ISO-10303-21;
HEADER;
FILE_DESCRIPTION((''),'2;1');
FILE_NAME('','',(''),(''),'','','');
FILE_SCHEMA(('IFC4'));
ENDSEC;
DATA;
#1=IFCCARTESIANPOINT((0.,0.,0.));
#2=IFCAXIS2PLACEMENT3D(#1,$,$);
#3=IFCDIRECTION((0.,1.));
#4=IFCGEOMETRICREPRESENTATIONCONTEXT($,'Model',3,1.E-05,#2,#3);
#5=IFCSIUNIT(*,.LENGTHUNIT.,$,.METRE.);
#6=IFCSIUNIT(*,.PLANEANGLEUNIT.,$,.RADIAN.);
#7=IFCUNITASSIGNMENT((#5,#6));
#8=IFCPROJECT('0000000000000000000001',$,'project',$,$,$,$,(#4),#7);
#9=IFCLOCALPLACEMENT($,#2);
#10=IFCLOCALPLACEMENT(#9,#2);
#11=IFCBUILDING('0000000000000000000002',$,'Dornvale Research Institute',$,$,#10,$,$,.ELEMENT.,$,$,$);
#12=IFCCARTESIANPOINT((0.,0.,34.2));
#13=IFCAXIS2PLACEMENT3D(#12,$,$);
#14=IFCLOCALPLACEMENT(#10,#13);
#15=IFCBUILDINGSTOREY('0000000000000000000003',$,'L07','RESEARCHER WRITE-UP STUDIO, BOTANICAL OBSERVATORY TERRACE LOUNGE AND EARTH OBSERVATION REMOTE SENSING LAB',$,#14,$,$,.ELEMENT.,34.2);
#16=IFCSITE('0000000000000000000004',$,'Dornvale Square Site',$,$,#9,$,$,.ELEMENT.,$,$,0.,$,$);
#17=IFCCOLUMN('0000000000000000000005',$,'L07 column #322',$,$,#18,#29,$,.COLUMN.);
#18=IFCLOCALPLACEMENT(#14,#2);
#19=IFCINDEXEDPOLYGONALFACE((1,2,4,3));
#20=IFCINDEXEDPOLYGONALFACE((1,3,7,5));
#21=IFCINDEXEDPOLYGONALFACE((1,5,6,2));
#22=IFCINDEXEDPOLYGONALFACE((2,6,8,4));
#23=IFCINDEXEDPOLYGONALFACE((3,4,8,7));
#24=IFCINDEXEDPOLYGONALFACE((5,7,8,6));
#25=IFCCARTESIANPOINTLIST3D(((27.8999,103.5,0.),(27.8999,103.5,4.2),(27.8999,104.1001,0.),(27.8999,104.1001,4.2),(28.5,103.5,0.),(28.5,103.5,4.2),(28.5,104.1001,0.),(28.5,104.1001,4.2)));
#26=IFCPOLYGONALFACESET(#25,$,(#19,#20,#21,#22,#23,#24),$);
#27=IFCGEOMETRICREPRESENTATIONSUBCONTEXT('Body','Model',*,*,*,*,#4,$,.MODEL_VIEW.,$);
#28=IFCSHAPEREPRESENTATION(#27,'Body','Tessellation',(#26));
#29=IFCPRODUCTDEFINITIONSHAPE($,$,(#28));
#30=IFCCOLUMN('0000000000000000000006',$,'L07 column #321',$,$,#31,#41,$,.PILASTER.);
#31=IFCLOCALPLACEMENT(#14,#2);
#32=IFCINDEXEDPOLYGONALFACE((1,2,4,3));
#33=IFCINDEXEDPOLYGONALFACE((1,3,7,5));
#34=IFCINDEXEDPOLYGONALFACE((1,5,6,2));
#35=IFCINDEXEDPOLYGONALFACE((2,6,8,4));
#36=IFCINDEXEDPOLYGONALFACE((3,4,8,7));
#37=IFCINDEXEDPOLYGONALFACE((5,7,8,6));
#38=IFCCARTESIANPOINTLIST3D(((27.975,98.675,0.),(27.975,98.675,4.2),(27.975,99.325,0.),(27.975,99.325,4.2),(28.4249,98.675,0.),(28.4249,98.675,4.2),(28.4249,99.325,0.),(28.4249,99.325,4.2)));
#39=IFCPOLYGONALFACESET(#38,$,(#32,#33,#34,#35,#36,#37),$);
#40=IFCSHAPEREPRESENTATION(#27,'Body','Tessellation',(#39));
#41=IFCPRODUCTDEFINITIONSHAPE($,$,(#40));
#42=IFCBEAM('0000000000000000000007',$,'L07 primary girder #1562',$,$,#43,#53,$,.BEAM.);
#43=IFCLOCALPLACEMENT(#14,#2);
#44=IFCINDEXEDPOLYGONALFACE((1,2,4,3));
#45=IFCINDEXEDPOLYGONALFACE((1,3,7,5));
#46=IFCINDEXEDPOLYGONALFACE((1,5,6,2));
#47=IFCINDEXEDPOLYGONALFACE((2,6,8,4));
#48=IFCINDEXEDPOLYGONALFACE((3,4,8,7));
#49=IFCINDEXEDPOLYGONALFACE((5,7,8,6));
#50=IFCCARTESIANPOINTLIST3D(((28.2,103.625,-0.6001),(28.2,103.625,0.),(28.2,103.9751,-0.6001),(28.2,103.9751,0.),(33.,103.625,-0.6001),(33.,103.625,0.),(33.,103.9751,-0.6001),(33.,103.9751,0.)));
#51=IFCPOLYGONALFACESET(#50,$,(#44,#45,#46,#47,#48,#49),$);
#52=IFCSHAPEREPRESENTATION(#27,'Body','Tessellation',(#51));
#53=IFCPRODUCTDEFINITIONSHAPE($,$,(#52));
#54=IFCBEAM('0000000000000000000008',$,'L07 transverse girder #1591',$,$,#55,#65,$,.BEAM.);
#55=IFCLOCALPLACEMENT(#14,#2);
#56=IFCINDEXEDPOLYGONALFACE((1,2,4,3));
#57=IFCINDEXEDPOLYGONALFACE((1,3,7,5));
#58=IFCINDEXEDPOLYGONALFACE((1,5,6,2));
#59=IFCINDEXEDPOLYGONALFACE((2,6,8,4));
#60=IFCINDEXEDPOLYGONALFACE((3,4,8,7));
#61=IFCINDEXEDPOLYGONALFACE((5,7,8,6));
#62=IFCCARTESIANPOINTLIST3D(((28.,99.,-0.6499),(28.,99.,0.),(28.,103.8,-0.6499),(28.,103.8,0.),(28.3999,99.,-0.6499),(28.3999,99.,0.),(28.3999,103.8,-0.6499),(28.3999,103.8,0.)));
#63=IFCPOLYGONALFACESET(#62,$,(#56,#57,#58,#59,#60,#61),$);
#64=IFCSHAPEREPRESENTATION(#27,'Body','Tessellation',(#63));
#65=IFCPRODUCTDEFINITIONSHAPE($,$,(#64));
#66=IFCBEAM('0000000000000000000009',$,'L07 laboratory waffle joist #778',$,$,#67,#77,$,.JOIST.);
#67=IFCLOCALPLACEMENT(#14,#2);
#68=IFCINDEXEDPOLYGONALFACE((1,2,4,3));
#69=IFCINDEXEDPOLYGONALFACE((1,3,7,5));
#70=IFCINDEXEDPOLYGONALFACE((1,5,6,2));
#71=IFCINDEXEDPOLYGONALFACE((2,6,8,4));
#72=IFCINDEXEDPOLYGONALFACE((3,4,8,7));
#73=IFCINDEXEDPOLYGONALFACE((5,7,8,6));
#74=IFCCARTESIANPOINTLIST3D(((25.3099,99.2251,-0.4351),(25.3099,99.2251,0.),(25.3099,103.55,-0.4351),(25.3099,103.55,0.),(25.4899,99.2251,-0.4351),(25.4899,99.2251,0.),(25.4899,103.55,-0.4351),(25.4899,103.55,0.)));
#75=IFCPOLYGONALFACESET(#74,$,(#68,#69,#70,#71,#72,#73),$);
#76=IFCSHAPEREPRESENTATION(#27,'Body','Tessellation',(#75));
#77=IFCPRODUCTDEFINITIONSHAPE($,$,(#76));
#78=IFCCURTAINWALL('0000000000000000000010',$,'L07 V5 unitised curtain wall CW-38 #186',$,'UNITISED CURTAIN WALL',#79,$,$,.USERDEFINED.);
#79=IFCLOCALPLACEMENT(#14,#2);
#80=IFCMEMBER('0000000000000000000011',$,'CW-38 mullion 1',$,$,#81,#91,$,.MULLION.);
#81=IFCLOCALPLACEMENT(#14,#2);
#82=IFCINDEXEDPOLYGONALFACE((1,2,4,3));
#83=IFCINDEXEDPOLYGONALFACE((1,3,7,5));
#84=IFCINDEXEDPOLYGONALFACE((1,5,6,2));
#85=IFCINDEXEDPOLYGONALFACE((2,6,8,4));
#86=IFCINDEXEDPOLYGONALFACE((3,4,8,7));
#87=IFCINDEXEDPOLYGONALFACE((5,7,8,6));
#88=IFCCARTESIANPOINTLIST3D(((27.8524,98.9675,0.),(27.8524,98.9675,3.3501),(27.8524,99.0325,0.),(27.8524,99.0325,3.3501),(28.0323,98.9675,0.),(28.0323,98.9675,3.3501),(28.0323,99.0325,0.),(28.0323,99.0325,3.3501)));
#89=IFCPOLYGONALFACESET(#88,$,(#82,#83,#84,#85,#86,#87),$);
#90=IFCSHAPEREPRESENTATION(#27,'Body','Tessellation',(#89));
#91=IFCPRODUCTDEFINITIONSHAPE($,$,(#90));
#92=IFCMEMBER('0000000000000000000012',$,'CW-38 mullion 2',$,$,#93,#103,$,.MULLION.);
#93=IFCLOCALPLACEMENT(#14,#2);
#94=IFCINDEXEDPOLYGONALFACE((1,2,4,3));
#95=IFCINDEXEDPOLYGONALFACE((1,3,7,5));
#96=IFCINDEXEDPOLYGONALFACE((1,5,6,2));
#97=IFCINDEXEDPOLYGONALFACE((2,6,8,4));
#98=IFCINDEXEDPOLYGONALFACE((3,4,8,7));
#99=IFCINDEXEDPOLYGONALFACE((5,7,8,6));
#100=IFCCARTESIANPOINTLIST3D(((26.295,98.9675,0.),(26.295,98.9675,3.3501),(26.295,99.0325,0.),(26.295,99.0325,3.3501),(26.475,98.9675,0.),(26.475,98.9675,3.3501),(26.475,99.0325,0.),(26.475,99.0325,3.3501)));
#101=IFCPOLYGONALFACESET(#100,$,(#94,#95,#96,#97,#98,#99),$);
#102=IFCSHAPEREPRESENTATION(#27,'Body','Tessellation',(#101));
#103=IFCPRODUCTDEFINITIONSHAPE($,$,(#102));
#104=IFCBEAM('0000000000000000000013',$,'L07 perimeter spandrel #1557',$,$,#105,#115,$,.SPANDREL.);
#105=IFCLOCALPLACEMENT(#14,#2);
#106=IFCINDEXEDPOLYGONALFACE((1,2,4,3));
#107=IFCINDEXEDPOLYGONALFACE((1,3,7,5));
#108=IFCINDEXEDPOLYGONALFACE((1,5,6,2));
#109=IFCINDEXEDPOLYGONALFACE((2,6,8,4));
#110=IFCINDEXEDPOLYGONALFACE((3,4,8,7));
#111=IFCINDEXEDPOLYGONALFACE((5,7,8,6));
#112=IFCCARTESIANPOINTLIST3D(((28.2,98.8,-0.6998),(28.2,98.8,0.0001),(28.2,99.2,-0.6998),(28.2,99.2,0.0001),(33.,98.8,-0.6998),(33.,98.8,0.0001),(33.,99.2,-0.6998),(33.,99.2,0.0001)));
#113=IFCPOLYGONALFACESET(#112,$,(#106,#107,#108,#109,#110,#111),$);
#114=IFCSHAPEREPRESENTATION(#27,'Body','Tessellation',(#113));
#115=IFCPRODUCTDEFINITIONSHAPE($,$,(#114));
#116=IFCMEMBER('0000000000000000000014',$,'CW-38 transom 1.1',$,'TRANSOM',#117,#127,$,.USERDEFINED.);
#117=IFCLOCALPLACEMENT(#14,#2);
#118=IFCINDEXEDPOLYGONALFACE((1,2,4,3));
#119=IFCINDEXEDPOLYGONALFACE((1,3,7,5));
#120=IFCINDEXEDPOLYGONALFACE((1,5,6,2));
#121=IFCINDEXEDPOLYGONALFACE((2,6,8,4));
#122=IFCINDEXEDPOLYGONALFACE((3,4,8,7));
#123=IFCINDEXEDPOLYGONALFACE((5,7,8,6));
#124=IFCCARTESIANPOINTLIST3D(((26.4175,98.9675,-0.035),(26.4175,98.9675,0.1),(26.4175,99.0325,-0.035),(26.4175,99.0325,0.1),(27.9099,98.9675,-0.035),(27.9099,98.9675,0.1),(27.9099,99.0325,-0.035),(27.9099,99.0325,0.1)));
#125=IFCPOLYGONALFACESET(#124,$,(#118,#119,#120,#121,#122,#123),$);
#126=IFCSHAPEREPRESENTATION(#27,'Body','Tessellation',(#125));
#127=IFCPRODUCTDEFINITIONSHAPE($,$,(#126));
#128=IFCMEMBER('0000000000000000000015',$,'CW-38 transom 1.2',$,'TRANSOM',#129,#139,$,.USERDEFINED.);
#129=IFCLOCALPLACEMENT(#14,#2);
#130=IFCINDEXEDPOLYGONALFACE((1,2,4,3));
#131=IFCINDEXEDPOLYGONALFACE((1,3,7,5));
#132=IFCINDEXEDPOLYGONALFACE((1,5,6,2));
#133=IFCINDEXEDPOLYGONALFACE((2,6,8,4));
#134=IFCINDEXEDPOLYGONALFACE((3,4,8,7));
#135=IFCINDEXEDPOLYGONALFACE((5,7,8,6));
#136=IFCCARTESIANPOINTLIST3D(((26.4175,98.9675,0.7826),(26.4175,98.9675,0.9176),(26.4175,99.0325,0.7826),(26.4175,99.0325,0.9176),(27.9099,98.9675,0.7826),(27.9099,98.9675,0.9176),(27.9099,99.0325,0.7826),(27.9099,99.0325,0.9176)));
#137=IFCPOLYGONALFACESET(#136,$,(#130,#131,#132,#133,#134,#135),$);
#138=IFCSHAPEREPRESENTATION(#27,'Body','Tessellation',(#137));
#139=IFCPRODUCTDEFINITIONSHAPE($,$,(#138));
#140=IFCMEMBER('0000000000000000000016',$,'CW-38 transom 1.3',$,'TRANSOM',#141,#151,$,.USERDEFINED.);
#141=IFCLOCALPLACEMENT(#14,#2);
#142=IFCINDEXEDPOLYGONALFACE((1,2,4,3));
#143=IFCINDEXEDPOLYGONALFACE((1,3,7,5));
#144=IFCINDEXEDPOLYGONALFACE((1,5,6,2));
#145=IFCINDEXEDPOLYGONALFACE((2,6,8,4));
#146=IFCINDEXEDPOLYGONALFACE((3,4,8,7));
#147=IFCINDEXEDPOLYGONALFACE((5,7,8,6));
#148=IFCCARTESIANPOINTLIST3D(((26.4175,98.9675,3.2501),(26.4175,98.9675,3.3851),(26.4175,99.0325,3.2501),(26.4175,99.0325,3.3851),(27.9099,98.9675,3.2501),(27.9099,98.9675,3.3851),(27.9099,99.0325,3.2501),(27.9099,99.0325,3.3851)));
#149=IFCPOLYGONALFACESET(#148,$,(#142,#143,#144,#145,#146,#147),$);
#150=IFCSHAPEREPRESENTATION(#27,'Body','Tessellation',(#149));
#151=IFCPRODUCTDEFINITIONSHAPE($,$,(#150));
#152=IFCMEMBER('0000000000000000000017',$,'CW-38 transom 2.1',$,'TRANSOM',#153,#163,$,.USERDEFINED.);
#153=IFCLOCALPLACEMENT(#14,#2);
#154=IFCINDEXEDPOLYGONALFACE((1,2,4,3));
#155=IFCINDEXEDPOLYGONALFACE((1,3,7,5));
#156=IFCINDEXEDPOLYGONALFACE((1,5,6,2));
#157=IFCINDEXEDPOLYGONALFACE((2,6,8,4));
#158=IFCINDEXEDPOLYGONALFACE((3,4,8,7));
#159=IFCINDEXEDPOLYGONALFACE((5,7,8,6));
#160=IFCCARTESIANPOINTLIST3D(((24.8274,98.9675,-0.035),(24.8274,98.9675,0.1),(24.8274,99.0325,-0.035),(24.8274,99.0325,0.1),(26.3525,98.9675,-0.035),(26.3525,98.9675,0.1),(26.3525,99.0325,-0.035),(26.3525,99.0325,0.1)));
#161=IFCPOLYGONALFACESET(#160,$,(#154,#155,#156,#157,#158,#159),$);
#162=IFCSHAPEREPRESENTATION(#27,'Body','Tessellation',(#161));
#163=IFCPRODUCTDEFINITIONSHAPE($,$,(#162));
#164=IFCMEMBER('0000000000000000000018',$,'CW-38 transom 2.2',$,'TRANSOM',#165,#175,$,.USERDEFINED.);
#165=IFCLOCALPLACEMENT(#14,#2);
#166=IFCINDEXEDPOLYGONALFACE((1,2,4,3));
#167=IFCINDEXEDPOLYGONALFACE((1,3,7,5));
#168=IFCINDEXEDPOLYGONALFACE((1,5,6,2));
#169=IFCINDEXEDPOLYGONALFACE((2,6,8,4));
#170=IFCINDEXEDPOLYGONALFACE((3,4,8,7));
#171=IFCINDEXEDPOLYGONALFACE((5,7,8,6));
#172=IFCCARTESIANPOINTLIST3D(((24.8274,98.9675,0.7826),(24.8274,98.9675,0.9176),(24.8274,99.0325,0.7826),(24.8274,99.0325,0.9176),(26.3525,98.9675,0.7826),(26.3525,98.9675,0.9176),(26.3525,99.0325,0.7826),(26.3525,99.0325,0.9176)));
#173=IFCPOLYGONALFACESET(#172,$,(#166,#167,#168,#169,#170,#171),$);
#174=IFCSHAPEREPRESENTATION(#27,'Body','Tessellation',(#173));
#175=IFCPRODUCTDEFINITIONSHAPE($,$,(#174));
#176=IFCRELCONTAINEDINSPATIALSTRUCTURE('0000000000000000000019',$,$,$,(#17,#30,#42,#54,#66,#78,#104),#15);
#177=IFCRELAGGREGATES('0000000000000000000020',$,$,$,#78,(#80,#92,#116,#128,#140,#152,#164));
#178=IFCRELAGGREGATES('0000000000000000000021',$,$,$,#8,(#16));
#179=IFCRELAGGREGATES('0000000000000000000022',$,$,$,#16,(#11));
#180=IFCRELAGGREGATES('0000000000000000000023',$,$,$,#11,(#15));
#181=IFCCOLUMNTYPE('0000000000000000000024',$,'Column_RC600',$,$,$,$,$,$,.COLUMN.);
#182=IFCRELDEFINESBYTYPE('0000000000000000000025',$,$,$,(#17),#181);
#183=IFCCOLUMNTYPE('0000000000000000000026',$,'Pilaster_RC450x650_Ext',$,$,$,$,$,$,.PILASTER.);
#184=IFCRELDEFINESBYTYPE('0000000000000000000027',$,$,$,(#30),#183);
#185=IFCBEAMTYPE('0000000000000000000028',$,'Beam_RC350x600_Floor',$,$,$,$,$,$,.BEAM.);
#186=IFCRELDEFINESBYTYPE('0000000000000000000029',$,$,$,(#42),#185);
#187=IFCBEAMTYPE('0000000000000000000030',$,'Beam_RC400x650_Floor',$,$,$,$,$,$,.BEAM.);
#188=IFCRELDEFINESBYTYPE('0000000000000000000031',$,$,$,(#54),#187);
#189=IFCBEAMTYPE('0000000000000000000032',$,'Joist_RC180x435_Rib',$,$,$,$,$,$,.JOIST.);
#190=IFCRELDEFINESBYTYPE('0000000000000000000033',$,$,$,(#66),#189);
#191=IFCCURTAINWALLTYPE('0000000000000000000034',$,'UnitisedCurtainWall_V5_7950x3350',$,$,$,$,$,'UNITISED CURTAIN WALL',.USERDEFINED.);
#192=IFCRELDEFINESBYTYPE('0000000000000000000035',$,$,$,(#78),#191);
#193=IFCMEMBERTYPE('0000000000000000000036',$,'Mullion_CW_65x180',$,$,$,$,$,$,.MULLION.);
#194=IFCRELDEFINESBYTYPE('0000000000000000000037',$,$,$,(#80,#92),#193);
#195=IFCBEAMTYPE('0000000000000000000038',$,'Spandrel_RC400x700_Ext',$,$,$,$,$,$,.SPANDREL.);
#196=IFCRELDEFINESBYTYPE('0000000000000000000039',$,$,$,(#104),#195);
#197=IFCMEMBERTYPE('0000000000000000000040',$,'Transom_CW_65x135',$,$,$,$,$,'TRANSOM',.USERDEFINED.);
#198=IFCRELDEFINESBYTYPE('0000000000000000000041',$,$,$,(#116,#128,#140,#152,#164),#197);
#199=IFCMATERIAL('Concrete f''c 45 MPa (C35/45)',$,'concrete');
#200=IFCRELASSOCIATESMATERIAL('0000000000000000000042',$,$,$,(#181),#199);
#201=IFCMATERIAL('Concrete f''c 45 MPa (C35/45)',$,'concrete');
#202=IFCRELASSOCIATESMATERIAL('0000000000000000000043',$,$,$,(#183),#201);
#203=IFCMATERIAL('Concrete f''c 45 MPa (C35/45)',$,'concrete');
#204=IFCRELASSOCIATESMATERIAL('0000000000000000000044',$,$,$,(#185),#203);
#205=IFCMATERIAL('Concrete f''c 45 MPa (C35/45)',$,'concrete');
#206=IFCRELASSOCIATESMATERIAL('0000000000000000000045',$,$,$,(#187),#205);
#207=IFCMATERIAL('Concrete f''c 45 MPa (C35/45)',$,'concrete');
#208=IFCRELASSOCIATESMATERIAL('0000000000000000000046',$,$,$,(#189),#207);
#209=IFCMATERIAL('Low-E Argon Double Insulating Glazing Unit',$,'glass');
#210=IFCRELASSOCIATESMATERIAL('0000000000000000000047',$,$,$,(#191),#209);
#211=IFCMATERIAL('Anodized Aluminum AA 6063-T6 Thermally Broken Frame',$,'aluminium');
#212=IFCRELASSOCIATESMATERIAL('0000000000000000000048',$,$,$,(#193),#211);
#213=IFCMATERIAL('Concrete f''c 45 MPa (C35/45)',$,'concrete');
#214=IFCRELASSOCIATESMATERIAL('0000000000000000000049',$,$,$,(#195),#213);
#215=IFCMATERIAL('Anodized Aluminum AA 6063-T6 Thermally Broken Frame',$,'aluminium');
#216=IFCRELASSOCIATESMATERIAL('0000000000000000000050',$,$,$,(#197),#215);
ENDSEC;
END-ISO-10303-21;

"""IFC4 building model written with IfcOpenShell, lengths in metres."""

from ifc_helpers import new_model, si_unit, direction, frame, origin, origin_2d, place, context, subcontext, project, spatial, rectangle, extrude, material, material_profile, profile_set, type_object, element, aggregate, save


model = new_model("IFC4")

# Units and contexts
model_context = context("Model", 3, precision=1e-05, world=origin(), true_north=direction((0.0, 1.0)))
body_context = subcontext(model_context, "Body", "Model", "MODEL_VIEW")
ifc_project = project(units=[si_unit("LENGTHUNIT", "METRE"), si_unit("PLANEANGLEUNIT", "RADIAN")], contexts=[model_context])

# Site, building, storey
site_placement = place(None, origin())
site = spatial("IfcSite", under=ifc_project, at=site_placement, Name="Dornvale Square Site", CompositionType="ELEMENT", RefElevation=0.0)
building_placement = place(site_placement, origin())
building = spatial("IfcBuilding", under=site, at=building_placement, Name="Dornvale Research Institute", CompositionType="ELEMENT")
storey_placement = place(building_placement, frame((0.0, 0.0, 34.2)))
storey = spatial("IfcBuildingStorey", under=building, at=storey_placement, Name="L07", Description="RESEARCHER WRITE-UP STUDIO, BOTANICAL OBSERVATORY TERRACE LOUNGE AND EARTH OBSERVATION REMOTE SENSING LAB", CompositionType="ELEMENT", Elevation=34.2)

# Columns
ifc_material_1 = material(Name="Concrete f'c 45 MPa (C35/45)", Category="concrete")
ifc_material_profile_1 = material_profile(ifc_material_1, rectangle(XDim=0.6001, YDim=0.6001, at=origin_2d()), Name="RC 600x600")
ifc_profile_set_1 = profile_set([ifc_material_profile_1], Name="Concrete f'c 45 MPa (C35/45)")
column_type_1 = type_object("IfcColumnType", Name="Column_RC600", PredefinedType="COLUMN", material=ifc_profile_set_1)
column_1_placement = place(storey_placement, frame((28.2, 103.8, 0.0), z_axis=(0.0, 0.0, 1.0), x_axis=(1.0, 0.0, 0.0)))
element("IfcColumn", 1, at=column_1_placement, inside=storey, type_object=column_type_1, Name="L07 column #322", PredefinedType="COLUMN", context=body_context, shape_type="SweptSolid", body=[
    extrude(rectangle(XDim=0.6001, YDim=0.6001, at=origin_2d()), origin(), (0.0, 0.0, 1.0), 4.2),
])
ifc_material_2 = material(Name="Concrete f'c 45 MPa (C35/45)", Category="concrete")
ifc_material_profile_2 = material_profile(ifc_material_2, rectangle(XDim=0.45, YDim=0.6499, at=origin_2d()), Name="RC 450x650")
ifc_profile_set_2 = profile_set([ifc_material_profile_2], Name="Concrete f'c 45 MPa (C35/45)")
column_type_2 = type_object("IfcColumnType", Name="Pilaster_RC450x650_Ext", PredefinedType="PILASTER", material=ifc_profile_set_2)
column_2_placement = place(storey_placement, frame((28.2, 99.0, 0.0), z_axis=(0.0, 0.0, 1.0), x_axis=(1.0, 0.0, 0.0)))
element("IfcColumn", 2, at=column_2_placement, inside=storey, type_object=column_type_2, Name="L07 column #321", PredefinedType="PILASTER", context=body_context, shape_type="SweptSolid", body=[
    extrude(rectangle(XDim=0.45, YDim=0.6499, at=origin_2d()), origin(), (0.0, 0.0, 1.0), 4.2),
])

# Beams
ifc_material_3 = material(Name="Concrete f'c 45 MPa (C35/45)", Category="concrete")
ifc_material_profile_3 = material_profile(ifc_material_3, rectangle(XDim=0.3501, YDim=0.6001, at=origin_2d()), Name="RC 350x600")
ifc_profile_set_3 = profile_set([ifc_material_profile_3], Name="Concrete f'c 45 MPa (C35/45)")
beam_type_1 = type_object("IfcBeamType", Name="Beam_RC350x600_Floor", PredefinedType="BEAM", material=ifc_profile_set_3)
beam_1_placement = place(storey_placement, frame((28.2, 103.8, -0.3), z_axis=(1.0, 0.0, 0.0), x_axis=(0.0, 1.0, 0.0)))
element("IfcBeam", 3, at=beam_1_placement, inside=storey, type_object=beam_type_1, Name="L07 primary girder #1562", PredefinedType="BEAM", context=body_context, shape_type="SweptSolid", body=[
    extrude(rectangle(XDim=0.3501, YDim=0.6001, at=origin_2d()), origin(), (0.0, 0.0, 1.0), 4.8),
])
ifc_material_4 = material(Name="Concrete f'c 45 MPa (C35/45)", Category="concrete")
ifc_material_profile_4 = material_profile(ifc_material_4, rectangle(XDim=0.3999, YDim=0.6499, at=origin_2d()), Name="RC 400x650")
ifc_profile_set_4 = profile_set([ifc_material_profile_4], Name="Concrete f'c 45 MPa (C35/45)")
beam_type_2 = type_object("IfcBeamType", Name="Beam_RC400x650_Floor", PredefinedType="BEAM", material=ifc_profile_set_4)
beam_2_placement = place(storey_placement, frame((28.2, 99.0, -0.325), z_axis=(0.0, 1.0, 0.0), x_axis=(-1.0, 0.0, 0.0)))
element("IfcBeam", 4, at=beam_2_placement, inside=storey, type_object=beam_type_2, Name="L07 transverse girder #1591", PredefinedType="BEAM", context=body_context, shape_type="SweptSolid", body=[
    extrude(rectangle(XDim=0.3999, YDim=0.6499, at=origin_2d()), origin(), (0.0, 0.0, 1.0), 4.8),
])
ifc_material_5 = material(Name="Concrete f'c 45 MPa (C35/45)", Category="concrete")
ifc_material_profile_5 = material_profile(ifc_material_5, rectangle(XDim=0.1799, YDim=0.4351, at=origin_2d()), Name="RC 180x435")
ifc_profile_set_5 = profile_set([ifc_material_profile_5], Name="Concrete f'c 45 MPa (C35/45)")
beam_type_3 = type_object("IfcBeamType", Name="Joist_RC180x435_Rib", PredefinedType="JOIST", material=ifc_profile_set_5)
beam_3_placement = place(storey_placement, frame((25.3999, 99.2251, -0.2175), z_axis=(0.0, 1.0, 0.0), x_axis=(-1.0, 0.0, 0.0)))
element("IfcBeam", 5, at=beam_3_placement, inside=storey, type_object=beam_type_3, Name="L07 laboratory waffle joist #778", PredefinedType="JOIST", context=body_context, shape_type="SweptSolid", body=[
    extrude(rectangle(XDim=0.1799, YDim=0.4351, at=origin_2d()), origin(), (0.0, 0.0, 1.0), 4.325),
])

# Curtain wall, members
ifc_material_6 = material(Name="Low-E Argon Double Insulating Glazing Unit", Category="glass")
curtain_wall_type = type_object("IfcCurtainWallType", Name="UnitisedCurtainWall_V5_7950x3350", ElementType="UNITISED CURTAIN WALL", PredefinedType="USERDEFINED", material=ifc_material_6)
curtain_wall_placement = place(storey_placement, origin())
curtain_wall = element("IfcCurtainWall", 6, at=curtain_wall_placement, inside=storey, type_object=curtain_wall_type, Name="L07 V5 unitised curtain wall CW-38 #186", ObjectType="UNITISED CURTAIN WALL", PredefinedType="USERDEFINED")
ifc_material_7 = material(Name="Anodized Aluminum AA 6063-T6 Thermally Broken Frame", Category="aluminium")
ifc_material_profile_6 = material_profile(ifc_material_7, rectangle(XDim=0.0649, YDim=0.1799, at=origin_2d()), Name="ALU MULLION 65x180")
ifc_profile_set_6 = profile_set([ifc_material_profile_6], Name="Anodized Aluminum AA 6063-T6 Thermally Broken Frame")
member_type_1 = type_object("IfcMemberType", Name="Mullion_CW_65x180", PredefinedType="MULLION", material=ifc_profile_set_6)
member_1_placement = place(storey_placement, frame((27.9424, 99.0, 0.0), z_axis=(0.0, 0.0, 1.0), x_axis=(0.0, -1.0, 0.0)))
member_1 = element("IfcMember", 7, at=member_1_placement, type_object=member_type_1, Name="CW-38 mullion 1", PredefinedType="MULLION", context=body_context, shape_type="SweptSolid", body=[
    extrude(rectangle(XDim=0.0649, YDim=0.1799, at=origin_2d()), origin(), (0.0, 0.0, 1.0), 3.3501),
])
member_2_placement = place(storey_placement, frame((26.385, 99.0, 0.0), z_axis=(0.0, 0.0, 1.0), x_axis=(0.0, -1.0, 0.0)))
member_2 = element("IfcMember", 8, at=member_2_placement, type_object=member_type_1, Name="CW-38 mullion 2", PredefinedType="MULLION", context=body_context, shape_type="SweptSolid", body=[
    extrude(rectangle(XDim=0.0649, YDim=0.1799, at=origin_2d()), origin(), (0.0, 0.0, 1.0), 3.3501),
])

# Beam
ifc_material_8 = material(Name="Concrete f'c 45 MPa (C35/45)", Category="concrete")
ifc_material_profile_7 = material_profile(ifc_material_8, rectangle(XDim=0.3999, YDim=0.7, at=origin_2d()), Name="RC 400x700")
ifc_profile_set_7 = profile_set([ifc_material_profile_7], Name="Concrete f'c 45 MPa (C35/45)")
beam_type_4 = type_object("IfcBeamType", Name="Spandrel_RC400x700_Ext", PredefinedType="SPANDREL", material=ifc_profile_set_7)
beam_4_placement = place(storey_placement, frame((28.2, 99.0, -0.3499), z_axis=(1.0, 0.0, 0.0), x_axis=(0.0, 1.0, 0.0)))
element("IfcBeam", 9, at=beam_4_placement, inside=storey, type_object=beam_type_4, Name="L07 perimeter spandrel #1557", PredefinedType="SPANDREL", context=body_context, shape_type="SweptSolid", body=[
    extrude(rectangle(XDim=0.3999, YDim=0.7, at=origin_2d()), origin(), (0.0, 0.0, 1.0), 4.8),
])

# Members
ifc_material_9 = material(Name="Anodized Aluminum AA 6063-T6 Thermally Broken Frame", Category="aluminium")
ifc_material_profile_8 = material_profile(ifc_material_9, rectangle(XDim=0.0649, YDim=0.135, at=origin_2d()), Name="ALU TRANSOM 65x135")
ifc_profile_set_8 = profile_set([ifc_material_profile_8], Name="Anodized Aluminum AA 6063-T6 Thermally Broken Frame")
member_type_2 = type_object("IfcMemberType", Name="Transom_CW_65x135", ElementType="TRANSOM", PredefinedType="USERDEFINED", material=ifc_profile_set_8)
member_3_placement = place(storey_placement, frame((27.9099, 99.0, 0.0325), z_axis=(-1.0, 0.0, 0.0), x_axis=(0.0, -1.0, 0.0)))
member_3 = element("IfcMember", 10, at=member_3_placement, type_object=member_type_2, Name="CW-38 transom 1.1", ObjectType="TRANSOM", PredefinedType="USERDEFINED", context=body_context, shape_type="SweptSolid", body=[
    extrude(rectangle(XDim=0.0649, YDim=0.135, at=origin_2d()), origin(), (0.0, 0.0, 1.0), 1.4924),
])
member_4_placement = place(storey_placement, frame((27.9099, 99.0, 0.8501), z_axis=(-1.0, 0.0, 0.0), x_axis=(0.0, -1.0, 0.0)))
member_4 = element("IfcMember", 11, at=member_4_placement, type_object=member_type_2, Name="CW-38 transom 1.2", ObjectType="TRANSOM", PredefinedType="USERDEFINED", context=body_context, shape_type="SweptSolid", body=[
    extrude(rectangle(XDim=0.0649, YDim=0.135, at=origin_2d()), origin(), (0.0, 0.0, 1.0), 1.4924),
])
member_5_placement = place(storey_placement, frame((27.9099, 99.0, 3.3176), z_axis=(-1.0, 0.0, 0.0), x_axis=(0.0, -1.0, 0.0)))
member_5 = element("IfcMember", 12, at=member_5_placement, type_object=member_type_2, Name="CW-38 transom 1.3", ObjectType="TRANSOM", PredefinedType="USERDEFINED", context=body_context, shape_type="SweptSolid", body=[
    extrude(rectangle(XDim=0.0649, YDim=0.135, at=origin_2d()), origin(), (0.0, 0.0, 1.0), 1.4924),
])
member_6_placement = place(storey_placement, frame((26.3525, 99.0, 0.0325), z_axis=(-1.0, 0.0, 0.0), x_axis=(0.0, -1.0, 0.0)))
member_6 = element("IfcMember", 13, at=member_6_placement, type_object=member_type_2, Name="CW-38 transom 2.1", ObjectType="TRANSOM", PredefinedType="USERDEFINED", context=body_context, shape_type="SweptSolid", body=[
    extrude(rectangle(XDim=0.0649, YDim=0.135, at=origin_2d()), origin(), (0.0, 0.0, 1.0), 1.5251),
])
member_7_placement = place(storey_placement, frame((26.3525, 99.0, 0.8501), z_axis=(-1.0, 0.0, 0.0), x_axis=(0.0, -1.0, 0.0)))
member_7 = element("IfcMember", 14, at=member_7_placement, type_object=member_type_2, Name="CW-38 transom 2.2", ObjectType="TRANSOM", PredefinedType="USERDEFINED", context=body_context, shape_type="SweptSolid", body=[
    extrude(rectangle(XDim=0.0649, YDim=0.135, at=origin_2d()), origin(), (0.0, 0.0, 1.0), 1.5251),
])

aggregate(curtain_wall, [member_1, member_2, member_3, member_4, member_5, member_6, member_7])

save(model, "model.ifc")
